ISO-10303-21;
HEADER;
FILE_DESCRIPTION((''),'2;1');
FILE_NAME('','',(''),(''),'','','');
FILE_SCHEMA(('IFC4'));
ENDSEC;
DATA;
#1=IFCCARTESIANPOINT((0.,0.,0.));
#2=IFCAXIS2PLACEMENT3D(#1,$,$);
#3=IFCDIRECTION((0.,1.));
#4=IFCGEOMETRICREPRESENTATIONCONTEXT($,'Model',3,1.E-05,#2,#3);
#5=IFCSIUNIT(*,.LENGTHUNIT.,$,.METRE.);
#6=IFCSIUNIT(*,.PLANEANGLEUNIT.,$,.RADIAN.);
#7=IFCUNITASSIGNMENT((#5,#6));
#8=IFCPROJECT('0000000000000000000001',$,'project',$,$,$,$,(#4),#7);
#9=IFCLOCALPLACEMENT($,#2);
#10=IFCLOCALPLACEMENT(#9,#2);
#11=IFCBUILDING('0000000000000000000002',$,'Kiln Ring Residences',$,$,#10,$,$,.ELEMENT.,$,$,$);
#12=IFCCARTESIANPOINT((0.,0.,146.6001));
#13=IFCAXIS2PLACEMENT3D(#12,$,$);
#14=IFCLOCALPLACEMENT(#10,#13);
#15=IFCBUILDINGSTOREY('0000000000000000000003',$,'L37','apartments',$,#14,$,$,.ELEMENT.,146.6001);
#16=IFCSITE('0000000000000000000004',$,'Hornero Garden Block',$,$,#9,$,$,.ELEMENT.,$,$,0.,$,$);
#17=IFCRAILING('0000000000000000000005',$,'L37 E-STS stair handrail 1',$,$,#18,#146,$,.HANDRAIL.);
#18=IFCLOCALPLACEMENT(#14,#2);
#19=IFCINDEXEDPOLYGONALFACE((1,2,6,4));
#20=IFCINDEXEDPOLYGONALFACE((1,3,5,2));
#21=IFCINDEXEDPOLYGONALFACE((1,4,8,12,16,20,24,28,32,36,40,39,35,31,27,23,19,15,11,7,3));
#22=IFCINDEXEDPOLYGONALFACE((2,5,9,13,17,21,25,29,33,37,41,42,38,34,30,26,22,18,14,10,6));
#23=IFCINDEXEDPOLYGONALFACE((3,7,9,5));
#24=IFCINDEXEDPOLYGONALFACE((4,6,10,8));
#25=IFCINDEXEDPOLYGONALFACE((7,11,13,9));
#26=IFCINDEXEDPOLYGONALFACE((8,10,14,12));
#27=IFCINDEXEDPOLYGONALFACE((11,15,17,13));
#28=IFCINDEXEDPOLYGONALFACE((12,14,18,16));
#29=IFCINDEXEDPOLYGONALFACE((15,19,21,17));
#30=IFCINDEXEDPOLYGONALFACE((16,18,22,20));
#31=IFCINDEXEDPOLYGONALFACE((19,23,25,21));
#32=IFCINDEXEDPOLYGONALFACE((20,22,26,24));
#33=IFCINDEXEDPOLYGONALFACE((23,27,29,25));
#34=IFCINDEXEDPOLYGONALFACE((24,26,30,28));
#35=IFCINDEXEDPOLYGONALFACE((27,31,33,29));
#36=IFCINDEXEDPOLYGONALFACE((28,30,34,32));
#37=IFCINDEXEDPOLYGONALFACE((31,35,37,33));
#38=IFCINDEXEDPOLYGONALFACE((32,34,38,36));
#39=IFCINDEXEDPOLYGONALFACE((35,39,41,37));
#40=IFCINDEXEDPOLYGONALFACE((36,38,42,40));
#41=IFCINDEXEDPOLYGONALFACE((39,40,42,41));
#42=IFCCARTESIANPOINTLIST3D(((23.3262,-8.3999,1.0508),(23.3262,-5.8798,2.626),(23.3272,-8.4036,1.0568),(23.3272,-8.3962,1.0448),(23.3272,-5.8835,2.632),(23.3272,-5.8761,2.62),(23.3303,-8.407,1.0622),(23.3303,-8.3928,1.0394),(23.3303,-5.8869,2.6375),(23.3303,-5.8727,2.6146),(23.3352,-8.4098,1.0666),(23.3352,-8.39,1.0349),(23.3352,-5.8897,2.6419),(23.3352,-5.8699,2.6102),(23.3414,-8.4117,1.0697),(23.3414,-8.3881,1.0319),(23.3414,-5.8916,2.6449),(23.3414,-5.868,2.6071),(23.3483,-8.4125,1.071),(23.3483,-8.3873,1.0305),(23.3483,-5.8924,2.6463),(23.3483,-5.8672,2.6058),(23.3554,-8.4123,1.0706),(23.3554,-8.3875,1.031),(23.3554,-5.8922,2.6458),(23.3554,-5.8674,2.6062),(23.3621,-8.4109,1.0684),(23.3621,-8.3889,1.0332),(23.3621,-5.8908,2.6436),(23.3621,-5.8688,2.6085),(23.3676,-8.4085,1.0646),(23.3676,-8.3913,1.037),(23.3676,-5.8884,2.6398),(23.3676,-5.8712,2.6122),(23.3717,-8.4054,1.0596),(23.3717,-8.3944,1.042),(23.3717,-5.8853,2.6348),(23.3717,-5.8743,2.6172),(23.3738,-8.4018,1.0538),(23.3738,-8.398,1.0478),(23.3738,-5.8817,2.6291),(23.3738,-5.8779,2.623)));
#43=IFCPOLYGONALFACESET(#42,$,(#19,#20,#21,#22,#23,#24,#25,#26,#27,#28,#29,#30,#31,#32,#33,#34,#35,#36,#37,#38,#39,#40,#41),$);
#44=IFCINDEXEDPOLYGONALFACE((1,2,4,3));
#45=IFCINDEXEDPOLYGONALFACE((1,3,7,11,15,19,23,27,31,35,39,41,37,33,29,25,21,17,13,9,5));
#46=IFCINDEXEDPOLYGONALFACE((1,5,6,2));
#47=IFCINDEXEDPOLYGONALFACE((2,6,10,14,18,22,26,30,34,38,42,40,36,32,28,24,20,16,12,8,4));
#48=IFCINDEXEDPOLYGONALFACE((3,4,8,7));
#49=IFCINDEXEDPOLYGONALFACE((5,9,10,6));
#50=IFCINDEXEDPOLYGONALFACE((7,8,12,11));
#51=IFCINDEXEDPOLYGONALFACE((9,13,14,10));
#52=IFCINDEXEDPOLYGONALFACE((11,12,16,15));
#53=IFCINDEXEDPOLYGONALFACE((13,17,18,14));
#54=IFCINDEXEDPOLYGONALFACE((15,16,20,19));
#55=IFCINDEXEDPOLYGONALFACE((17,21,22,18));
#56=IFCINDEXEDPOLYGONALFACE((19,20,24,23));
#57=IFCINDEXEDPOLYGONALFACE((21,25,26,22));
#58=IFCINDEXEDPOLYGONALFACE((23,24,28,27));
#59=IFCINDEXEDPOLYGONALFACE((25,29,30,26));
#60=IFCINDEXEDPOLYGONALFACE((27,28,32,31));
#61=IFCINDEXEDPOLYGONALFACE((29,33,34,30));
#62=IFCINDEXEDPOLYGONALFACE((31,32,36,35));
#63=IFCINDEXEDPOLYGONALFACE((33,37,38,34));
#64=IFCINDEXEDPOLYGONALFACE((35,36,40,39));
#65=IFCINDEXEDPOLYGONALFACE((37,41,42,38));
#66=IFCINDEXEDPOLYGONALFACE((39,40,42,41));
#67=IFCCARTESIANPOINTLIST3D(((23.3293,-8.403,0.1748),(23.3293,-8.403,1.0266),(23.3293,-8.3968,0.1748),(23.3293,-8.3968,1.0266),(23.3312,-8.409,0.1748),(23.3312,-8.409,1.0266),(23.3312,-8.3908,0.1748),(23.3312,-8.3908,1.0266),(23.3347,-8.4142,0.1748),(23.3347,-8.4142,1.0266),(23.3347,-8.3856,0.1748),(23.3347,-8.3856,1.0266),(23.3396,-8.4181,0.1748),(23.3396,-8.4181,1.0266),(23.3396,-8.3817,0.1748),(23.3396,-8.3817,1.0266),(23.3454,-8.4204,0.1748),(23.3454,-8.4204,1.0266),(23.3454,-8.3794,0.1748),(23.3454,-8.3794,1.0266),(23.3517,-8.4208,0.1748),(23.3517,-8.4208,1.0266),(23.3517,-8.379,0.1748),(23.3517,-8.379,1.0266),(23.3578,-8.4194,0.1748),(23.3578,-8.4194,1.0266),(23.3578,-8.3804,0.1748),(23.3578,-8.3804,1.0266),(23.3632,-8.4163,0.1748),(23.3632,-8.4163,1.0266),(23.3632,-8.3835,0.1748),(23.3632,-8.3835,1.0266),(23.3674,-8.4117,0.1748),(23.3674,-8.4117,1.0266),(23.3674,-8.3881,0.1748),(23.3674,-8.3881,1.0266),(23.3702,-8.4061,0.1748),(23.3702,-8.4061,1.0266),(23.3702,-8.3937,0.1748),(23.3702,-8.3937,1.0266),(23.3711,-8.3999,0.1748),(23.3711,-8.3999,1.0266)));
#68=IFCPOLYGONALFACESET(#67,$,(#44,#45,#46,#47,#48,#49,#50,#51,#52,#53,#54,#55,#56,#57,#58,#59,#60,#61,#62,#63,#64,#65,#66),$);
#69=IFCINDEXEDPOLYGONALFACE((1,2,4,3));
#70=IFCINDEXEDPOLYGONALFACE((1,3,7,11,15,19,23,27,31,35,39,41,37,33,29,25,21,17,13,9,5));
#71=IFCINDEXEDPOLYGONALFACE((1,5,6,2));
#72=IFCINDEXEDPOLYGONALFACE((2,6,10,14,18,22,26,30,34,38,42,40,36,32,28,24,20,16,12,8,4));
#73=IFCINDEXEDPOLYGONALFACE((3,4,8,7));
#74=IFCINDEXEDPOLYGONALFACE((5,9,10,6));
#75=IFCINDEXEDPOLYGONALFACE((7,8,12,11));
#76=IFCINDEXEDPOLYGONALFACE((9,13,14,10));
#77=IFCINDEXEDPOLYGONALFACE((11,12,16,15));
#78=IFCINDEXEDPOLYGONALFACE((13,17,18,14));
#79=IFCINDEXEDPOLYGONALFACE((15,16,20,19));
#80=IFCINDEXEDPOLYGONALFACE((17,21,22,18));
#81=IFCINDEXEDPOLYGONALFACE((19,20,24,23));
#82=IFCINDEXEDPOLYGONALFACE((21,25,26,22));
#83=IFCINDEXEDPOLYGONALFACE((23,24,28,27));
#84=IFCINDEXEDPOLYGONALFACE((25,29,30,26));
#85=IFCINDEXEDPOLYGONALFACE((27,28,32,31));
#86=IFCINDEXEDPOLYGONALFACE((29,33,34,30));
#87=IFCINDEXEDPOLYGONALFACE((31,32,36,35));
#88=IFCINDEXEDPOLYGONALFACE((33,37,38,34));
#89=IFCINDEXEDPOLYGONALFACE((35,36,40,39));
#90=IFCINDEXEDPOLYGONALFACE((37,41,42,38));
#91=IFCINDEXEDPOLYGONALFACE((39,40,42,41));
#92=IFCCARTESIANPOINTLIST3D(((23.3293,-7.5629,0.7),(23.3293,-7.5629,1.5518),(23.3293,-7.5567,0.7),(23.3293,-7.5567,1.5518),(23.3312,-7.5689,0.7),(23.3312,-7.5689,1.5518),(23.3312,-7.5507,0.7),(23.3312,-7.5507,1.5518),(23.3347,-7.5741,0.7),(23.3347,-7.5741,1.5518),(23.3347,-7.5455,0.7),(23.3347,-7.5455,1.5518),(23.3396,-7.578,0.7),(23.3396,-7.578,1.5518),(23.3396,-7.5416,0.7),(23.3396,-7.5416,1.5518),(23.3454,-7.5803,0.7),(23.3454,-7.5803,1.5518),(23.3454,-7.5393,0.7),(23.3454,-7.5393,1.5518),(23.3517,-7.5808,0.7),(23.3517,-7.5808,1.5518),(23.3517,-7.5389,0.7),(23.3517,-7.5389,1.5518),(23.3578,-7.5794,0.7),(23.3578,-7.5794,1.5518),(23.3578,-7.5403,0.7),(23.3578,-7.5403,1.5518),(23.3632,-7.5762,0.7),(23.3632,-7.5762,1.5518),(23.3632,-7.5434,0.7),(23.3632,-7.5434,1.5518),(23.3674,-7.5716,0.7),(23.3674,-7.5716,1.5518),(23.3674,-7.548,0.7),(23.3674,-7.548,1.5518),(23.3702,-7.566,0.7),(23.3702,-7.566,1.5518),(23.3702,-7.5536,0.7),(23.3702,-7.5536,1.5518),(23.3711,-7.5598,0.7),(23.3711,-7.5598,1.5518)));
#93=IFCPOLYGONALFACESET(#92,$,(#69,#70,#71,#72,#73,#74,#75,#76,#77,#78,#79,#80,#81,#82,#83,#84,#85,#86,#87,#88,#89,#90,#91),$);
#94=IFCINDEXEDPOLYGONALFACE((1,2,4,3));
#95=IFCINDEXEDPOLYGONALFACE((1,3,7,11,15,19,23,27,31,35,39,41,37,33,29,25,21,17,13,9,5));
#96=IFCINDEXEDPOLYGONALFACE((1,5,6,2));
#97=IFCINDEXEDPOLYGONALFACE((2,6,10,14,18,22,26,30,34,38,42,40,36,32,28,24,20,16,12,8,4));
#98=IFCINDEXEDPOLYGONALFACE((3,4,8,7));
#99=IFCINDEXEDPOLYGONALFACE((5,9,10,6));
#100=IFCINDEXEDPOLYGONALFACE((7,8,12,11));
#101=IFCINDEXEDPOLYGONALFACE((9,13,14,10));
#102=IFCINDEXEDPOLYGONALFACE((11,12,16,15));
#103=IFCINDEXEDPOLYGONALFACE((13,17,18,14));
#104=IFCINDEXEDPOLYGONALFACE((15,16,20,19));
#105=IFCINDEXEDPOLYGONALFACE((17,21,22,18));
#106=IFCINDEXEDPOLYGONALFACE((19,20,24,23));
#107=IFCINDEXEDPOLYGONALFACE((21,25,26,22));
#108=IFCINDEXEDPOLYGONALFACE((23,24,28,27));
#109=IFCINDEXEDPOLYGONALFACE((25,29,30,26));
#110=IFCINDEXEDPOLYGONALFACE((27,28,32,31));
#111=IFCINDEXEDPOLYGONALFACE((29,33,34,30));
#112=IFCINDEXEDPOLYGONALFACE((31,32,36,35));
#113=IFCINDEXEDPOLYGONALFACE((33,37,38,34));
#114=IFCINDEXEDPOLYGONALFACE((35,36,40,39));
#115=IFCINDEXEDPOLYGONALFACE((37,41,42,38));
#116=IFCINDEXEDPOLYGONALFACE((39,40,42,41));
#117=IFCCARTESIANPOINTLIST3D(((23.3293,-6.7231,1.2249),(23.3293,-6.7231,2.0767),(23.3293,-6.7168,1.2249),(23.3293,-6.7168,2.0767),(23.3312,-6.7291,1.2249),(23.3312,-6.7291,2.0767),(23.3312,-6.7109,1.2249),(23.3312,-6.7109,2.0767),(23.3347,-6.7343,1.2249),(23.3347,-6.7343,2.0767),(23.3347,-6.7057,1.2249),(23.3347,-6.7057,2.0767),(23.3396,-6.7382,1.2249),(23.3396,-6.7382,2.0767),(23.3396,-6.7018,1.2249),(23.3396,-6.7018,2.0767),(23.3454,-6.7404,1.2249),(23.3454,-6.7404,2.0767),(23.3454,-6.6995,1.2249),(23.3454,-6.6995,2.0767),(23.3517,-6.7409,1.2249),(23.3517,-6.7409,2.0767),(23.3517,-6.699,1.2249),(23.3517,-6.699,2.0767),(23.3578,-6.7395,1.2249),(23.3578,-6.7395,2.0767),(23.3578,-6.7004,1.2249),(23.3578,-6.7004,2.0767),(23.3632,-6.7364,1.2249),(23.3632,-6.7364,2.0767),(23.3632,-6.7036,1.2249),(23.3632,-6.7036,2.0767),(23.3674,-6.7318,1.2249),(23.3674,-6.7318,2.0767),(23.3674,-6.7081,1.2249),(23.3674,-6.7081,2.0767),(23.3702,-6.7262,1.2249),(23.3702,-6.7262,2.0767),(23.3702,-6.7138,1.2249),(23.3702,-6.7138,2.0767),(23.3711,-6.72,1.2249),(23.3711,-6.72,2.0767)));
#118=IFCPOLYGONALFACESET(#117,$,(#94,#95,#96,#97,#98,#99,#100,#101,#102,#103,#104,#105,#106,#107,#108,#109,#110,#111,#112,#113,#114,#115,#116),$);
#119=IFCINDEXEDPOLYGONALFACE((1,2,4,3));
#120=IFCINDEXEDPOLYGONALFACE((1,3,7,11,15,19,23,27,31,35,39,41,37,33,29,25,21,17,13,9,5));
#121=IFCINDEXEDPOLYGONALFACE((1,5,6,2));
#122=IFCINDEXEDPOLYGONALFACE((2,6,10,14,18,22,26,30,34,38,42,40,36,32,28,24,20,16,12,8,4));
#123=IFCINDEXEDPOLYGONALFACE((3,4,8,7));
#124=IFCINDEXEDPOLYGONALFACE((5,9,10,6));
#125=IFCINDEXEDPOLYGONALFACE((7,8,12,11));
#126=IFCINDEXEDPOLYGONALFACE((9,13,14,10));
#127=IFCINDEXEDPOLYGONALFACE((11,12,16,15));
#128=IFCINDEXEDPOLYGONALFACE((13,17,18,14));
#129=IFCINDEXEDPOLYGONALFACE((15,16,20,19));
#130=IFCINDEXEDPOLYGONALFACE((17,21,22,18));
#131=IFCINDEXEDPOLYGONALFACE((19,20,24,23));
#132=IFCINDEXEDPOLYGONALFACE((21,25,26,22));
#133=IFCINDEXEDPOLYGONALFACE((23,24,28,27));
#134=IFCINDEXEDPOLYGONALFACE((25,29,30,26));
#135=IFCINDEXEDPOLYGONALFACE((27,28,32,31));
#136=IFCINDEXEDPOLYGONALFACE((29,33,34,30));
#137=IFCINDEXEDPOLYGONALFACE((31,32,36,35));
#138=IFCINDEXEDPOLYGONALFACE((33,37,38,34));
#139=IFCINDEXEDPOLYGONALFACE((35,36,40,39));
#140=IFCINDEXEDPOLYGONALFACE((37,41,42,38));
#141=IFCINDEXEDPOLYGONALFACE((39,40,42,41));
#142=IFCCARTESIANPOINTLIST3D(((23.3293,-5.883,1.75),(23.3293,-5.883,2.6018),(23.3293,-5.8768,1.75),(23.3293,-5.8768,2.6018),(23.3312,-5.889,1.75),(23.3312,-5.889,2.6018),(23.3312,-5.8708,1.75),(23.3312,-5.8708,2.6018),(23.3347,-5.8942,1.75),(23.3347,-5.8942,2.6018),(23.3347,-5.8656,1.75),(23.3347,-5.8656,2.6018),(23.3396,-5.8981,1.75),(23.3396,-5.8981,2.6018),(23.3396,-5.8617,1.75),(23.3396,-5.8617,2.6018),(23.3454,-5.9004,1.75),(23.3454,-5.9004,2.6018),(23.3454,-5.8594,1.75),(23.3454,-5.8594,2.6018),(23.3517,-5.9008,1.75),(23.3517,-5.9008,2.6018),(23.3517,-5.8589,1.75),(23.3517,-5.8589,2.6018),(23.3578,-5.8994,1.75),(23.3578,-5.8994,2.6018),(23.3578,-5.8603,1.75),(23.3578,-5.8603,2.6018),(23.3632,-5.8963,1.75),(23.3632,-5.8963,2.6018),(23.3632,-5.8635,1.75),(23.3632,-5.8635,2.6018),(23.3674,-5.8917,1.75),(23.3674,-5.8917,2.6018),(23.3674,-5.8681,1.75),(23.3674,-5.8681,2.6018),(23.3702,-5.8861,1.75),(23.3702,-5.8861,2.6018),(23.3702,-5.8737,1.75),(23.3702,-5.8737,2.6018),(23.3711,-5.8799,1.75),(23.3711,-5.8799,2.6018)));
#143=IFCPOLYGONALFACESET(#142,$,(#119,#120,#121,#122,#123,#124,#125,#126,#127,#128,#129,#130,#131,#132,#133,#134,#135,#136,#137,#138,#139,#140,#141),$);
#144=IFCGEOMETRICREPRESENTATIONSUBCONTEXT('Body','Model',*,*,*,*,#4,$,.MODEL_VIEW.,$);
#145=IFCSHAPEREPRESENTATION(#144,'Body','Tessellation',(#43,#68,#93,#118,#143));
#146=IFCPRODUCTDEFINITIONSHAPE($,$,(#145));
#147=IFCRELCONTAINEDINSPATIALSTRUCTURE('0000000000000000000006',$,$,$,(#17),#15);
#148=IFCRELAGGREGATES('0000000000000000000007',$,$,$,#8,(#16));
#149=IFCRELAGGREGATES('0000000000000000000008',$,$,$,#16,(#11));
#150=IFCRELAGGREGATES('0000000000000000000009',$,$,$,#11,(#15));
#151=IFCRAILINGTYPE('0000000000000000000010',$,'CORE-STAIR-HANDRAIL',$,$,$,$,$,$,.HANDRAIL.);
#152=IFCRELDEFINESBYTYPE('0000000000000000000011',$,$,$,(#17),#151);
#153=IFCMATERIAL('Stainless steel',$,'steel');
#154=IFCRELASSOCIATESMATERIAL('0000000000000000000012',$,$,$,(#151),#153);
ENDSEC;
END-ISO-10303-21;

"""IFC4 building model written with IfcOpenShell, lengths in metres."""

from ifc_helpers import new_model, si_unit, direction, frame, origin, origin_2d, place, context, subcontext, project, spatial, circle, extrude, material, type_object, element, save


model = new_model("IFC4")

# Units and contexts
model_context = context("Model", 3, precision=1e-05, world=origin(), true_north=direction((0.0, 1.0)))
body_context = subcontext(model_context, "Body", "Model", "MODEL_VIEW")
ifc_project = project(units=[si_unit("LENGTHUNIT", "METRE"), si_unit("PLANEANGLEUNIT", "RADIAN")], contexts=[model_context])

# Site, building, storey
site_placement = place(None, origin())
site = spatial("IfcSite", under=ifc_project, at=site_placement, Name="Hornero Garden Block", CompositionType="ELEMENT", RefElevation=0.0)
building_placement = place(site_placement, origin())
building = spatial("IfcBuilding", under=site, at=building_placement, Name="Kiln Ring Residences", CompositionType="ELEMENT")
storey_placement = place(building_placement, frame((0.0, 0.0, 146.6001)))
storey = spatial("IfcBuildingStorey", under=building, at=storey_placement, Name="L37", Description="apartments", CompositionType="ELEMENT", Elevation=146.6001)

# Railing
ifc_material_1 = material(Name="Stainless steel", Category="steel")
railing_type_1 = type_object("IfcRailingType", Name="CORE-STAIR-HANDRAIL", PredefinedType="HANDRAIL", material=ifc_material_1)
railing_1_placement = place(storey_placement, frame((23.3501, -8.3999, 0.1748)))
element("IfcRailing", 1, at=railing_1_placement, inside=storey, type_object=railing_type_1, Name="L37 E-STS stair handrail 1", PredefinedType="HANDRAIL", context=body_context, shape_type="SweptSolid", body=[
    extrude(circle(Radius=0.0239, at=origin_2d()), frame((0.0, 0.0, 0.876), z_axis=(0.0, 0.847971, 0.530043), x_axis=(-1.0, 0.0, 0.0)), (0.0, 0.0, 1.0), 2.9719),
    extrude(circle(Radius=0.021, at=origin_2d()), origin(), (0.0, 0.0, 1.0), 0.8518),
    extrude(circle(Radius=0.021, at=origin_2d()), frame((0.0, 0.8401, 0.5251)), (0.0, 0.0, 1.0), 0.8518),
    extrude(circle(Radius=0.021, at=origin_2d()), frame((0.0, 1.6799, 1.05)), (0.0, 0.0, 1.0), 0.8518),
    extrude(circle(Radius=0.021, at=origin_2d()), frame((0.0, 2.52, 1.5752)), (0.0, 0.0, 1.0), 0.8518),
])

save(model, "model.ifc")
